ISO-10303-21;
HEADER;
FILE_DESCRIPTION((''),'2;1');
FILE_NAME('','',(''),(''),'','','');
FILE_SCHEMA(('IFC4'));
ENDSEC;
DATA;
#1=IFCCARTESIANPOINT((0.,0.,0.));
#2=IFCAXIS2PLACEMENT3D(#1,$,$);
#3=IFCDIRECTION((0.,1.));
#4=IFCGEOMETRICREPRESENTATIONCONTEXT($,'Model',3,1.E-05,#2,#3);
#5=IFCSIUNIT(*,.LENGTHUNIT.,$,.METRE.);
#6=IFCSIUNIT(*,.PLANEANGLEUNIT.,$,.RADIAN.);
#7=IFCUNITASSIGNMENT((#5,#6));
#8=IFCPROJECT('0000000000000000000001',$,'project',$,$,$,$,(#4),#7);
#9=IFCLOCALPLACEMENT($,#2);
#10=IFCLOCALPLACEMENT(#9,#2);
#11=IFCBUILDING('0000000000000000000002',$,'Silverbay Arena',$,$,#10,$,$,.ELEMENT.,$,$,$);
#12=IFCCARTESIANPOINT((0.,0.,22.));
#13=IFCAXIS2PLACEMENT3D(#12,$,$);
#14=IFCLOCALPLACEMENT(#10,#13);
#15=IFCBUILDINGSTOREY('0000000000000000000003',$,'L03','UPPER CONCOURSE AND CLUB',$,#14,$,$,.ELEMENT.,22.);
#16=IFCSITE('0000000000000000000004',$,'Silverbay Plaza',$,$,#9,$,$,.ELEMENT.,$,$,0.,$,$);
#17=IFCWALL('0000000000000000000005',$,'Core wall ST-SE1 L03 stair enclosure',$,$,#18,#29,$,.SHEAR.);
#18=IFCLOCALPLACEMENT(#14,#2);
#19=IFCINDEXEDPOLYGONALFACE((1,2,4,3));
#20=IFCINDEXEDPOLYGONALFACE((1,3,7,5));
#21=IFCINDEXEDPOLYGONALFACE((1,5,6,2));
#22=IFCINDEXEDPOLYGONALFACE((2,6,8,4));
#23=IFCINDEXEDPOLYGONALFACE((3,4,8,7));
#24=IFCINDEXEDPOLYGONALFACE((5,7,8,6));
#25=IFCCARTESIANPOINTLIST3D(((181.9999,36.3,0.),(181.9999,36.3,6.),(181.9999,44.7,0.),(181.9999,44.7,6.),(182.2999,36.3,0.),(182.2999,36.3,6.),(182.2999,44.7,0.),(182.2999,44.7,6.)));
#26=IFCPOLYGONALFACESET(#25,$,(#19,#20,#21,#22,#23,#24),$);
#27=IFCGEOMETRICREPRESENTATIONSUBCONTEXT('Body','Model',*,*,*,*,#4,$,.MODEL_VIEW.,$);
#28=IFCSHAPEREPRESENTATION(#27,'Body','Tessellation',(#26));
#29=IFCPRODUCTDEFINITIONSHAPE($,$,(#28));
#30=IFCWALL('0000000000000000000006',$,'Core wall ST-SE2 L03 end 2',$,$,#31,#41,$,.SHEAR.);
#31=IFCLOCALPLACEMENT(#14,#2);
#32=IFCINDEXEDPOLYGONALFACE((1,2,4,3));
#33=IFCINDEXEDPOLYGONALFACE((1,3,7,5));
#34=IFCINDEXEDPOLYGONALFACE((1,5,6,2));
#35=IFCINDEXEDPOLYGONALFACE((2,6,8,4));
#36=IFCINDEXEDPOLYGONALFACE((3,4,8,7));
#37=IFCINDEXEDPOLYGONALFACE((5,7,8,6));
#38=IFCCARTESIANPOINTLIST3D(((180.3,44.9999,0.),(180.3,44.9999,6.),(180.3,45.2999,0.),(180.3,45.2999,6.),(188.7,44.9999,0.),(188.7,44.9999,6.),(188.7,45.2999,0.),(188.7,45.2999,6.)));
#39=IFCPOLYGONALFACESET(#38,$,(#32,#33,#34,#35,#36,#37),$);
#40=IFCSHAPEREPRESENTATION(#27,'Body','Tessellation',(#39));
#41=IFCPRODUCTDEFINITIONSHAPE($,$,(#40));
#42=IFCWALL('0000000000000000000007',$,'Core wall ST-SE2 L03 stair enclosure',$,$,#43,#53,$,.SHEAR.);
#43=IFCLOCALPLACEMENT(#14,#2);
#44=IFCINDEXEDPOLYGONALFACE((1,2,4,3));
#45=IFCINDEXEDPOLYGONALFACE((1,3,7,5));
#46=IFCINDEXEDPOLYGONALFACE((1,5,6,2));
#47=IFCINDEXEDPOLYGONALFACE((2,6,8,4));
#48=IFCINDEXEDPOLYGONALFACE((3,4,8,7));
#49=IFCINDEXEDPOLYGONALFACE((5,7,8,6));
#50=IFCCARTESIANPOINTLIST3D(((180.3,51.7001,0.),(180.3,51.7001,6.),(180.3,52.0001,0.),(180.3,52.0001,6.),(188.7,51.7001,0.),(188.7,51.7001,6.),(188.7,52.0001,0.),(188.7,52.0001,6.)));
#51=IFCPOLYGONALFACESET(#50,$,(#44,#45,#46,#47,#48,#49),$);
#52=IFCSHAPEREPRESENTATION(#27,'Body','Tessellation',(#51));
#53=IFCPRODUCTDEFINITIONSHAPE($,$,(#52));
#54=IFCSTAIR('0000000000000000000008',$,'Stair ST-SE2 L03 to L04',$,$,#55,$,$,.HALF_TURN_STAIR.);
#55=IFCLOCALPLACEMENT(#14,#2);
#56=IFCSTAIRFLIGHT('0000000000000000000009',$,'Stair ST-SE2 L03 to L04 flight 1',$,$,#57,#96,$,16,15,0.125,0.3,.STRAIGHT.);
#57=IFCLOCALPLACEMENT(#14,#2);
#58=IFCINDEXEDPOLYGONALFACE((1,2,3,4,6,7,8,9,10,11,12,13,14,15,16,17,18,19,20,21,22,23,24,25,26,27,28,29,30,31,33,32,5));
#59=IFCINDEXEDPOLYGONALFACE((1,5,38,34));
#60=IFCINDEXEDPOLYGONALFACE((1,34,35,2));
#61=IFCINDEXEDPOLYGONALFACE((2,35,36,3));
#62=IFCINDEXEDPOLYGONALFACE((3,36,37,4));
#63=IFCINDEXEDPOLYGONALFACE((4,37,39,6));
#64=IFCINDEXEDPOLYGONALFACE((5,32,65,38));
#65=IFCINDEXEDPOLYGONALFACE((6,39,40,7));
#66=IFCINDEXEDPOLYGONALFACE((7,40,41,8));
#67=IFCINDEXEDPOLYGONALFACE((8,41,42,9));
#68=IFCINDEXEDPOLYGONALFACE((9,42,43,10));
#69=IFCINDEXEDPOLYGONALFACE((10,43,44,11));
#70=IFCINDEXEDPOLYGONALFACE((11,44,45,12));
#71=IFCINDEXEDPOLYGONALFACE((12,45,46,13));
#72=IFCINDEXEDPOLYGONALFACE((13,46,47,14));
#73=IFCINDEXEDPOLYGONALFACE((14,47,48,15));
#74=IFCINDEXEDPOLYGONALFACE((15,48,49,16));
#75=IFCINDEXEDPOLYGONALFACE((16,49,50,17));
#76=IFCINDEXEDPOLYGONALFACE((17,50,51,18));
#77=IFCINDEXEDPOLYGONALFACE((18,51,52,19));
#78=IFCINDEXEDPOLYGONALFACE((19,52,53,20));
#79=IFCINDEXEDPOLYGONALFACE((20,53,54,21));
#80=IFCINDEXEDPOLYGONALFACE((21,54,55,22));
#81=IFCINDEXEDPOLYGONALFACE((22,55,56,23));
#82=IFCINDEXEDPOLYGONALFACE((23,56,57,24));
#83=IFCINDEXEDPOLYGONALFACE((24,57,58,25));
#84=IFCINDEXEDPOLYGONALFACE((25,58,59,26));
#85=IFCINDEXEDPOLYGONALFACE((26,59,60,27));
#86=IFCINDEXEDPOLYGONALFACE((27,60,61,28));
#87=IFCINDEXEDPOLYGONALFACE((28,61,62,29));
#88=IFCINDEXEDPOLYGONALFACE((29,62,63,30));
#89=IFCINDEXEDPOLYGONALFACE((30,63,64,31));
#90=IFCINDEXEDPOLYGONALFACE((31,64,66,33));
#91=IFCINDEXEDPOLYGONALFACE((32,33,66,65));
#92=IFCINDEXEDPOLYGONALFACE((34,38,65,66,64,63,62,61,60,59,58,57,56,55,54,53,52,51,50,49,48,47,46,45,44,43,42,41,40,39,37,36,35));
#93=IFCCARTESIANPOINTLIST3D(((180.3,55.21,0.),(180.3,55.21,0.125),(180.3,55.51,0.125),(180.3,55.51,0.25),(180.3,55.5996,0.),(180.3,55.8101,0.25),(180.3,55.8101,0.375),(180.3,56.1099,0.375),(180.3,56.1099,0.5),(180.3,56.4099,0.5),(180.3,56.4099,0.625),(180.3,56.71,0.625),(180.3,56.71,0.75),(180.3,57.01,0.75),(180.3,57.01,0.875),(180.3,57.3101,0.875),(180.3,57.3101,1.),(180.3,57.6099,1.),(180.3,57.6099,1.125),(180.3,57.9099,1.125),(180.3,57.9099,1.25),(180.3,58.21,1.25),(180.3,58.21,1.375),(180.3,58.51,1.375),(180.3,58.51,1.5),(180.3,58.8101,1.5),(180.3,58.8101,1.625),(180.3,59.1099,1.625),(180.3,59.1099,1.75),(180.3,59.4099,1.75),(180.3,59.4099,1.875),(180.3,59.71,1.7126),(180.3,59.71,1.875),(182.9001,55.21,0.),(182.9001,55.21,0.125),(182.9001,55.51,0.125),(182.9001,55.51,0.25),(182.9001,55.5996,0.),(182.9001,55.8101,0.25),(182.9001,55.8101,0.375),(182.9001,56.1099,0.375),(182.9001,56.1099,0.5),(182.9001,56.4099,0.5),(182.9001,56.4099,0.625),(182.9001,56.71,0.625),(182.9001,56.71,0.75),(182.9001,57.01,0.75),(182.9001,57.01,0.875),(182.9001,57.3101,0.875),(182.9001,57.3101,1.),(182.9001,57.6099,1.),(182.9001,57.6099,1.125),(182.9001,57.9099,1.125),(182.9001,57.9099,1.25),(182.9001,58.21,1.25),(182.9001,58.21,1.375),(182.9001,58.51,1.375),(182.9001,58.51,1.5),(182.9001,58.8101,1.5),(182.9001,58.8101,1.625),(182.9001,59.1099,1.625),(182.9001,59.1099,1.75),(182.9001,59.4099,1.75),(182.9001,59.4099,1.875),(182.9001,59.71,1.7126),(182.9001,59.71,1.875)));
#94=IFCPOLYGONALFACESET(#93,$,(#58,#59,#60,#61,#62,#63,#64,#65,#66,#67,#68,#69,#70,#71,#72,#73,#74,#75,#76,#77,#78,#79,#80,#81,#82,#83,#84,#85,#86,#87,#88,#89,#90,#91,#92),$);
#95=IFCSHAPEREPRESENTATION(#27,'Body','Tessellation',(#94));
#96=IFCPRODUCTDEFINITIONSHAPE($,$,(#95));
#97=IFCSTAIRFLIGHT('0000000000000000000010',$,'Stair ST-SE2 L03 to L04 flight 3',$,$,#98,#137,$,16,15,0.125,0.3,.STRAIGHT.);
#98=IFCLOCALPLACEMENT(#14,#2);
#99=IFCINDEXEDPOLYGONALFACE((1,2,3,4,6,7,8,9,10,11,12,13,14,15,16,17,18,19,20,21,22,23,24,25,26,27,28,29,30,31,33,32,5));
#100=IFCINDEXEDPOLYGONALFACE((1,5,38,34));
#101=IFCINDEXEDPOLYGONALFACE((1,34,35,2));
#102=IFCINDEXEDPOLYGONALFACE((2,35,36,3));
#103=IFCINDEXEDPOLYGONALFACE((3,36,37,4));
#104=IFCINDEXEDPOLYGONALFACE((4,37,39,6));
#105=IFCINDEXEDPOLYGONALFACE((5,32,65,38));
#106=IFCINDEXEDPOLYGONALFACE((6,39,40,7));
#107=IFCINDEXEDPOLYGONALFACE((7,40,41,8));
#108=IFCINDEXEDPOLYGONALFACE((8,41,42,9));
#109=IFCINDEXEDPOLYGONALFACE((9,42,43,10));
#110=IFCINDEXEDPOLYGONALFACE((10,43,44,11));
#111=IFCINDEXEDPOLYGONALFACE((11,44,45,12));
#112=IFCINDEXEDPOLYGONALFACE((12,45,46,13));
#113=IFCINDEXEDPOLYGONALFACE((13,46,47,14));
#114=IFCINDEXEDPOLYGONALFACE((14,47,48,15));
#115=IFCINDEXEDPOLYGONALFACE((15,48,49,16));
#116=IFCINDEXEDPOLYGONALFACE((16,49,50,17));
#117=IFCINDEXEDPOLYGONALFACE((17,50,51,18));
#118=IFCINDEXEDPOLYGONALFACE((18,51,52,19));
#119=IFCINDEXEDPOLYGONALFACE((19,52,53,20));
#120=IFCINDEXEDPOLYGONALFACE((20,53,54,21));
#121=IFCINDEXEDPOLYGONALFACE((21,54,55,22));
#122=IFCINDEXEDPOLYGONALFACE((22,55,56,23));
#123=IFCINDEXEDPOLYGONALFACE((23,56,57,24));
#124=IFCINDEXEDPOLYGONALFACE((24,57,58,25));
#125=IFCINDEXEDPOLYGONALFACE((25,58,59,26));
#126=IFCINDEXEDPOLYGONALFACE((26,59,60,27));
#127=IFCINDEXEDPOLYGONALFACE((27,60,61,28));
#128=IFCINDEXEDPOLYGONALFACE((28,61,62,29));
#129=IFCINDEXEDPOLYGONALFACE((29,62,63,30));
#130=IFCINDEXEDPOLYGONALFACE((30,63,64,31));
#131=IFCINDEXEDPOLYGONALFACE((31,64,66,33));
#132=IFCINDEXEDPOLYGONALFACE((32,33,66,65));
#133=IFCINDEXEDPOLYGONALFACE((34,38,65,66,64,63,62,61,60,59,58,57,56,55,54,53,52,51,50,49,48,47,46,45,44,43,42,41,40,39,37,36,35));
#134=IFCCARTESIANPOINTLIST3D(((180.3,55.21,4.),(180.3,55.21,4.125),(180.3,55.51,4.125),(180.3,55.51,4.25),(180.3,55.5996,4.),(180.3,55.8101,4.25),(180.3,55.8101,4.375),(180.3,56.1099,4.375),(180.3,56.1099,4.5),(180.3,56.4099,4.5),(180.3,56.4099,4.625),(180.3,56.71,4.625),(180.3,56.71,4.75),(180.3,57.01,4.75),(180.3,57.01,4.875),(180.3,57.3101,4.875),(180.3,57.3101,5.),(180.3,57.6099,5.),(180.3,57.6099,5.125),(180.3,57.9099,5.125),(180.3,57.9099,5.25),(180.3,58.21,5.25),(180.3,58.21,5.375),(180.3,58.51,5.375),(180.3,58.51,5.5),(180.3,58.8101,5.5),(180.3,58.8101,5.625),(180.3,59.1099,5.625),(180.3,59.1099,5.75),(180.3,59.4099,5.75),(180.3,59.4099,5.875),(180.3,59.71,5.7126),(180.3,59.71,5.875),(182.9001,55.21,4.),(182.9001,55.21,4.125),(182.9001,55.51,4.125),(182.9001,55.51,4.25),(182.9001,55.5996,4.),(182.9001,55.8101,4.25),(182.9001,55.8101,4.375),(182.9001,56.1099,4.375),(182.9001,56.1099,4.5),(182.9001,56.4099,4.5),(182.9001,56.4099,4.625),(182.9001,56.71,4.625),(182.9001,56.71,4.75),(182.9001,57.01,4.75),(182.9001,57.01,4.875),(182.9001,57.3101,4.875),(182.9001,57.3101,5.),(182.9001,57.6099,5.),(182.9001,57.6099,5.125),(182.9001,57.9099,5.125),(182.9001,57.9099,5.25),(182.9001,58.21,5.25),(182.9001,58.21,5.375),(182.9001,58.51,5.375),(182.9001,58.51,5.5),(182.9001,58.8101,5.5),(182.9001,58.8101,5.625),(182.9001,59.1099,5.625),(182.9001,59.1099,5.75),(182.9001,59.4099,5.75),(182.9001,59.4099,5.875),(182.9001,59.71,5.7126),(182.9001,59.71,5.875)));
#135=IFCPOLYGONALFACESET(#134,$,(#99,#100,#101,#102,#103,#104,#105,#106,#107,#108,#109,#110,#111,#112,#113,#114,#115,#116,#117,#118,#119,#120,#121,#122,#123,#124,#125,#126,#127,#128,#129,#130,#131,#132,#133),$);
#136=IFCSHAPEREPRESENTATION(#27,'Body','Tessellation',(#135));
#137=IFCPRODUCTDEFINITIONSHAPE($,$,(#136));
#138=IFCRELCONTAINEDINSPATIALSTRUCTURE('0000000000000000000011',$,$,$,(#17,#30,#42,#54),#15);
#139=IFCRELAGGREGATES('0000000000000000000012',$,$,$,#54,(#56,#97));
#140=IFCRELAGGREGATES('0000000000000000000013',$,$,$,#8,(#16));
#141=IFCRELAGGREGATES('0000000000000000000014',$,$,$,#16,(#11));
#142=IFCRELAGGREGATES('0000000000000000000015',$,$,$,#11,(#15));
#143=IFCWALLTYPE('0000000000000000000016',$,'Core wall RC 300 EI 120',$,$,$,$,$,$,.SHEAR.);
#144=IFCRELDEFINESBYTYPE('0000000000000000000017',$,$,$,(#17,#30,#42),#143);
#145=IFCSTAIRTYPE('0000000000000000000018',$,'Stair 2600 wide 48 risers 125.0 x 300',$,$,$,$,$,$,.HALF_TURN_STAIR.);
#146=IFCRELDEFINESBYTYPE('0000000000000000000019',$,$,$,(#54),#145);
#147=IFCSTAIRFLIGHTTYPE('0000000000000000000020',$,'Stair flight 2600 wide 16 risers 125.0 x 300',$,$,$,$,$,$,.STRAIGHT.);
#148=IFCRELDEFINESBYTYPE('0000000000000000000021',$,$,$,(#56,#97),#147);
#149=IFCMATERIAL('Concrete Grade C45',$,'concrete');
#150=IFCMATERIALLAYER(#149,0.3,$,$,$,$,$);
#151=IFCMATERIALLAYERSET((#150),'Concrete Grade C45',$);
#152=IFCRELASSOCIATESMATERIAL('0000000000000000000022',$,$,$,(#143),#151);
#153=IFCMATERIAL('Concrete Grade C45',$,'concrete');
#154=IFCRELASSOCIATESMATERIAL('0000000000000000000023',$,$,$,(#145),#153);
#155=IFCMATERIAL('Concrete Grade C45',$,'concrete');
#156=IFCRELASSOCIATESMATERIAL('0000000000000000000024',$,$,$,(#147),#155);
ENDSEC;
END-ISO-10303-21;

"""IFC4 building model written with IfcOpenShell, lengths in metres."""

from ifc_helpers import new_model, si_unit, direction, frame, frame_2d, origin, place, context, subcontext, project, spatial, polyline, rectangle, outline, extrude, material, layer, layer_set, type_object, element, aggregate, save


model = new_model("IFC4")

# Units and contexts
model_context = context("Model", 3, precision=1e-05, world=origin(), true_north=direction((0.0, 1.0)))
body_context = subcontext(model_context, "Body", "Model", "MODEL_VIEW")
ifc_project = project(units=[si_unit("LENGTHUNIT", "METRE"), si_unit("PLANEANGLEUNIT", "RADIAN")], contexts=[model_context])

# Site, building, storey
site_placement = place(None, origin())
site = spatial("IfcSite", under=ifc_project, at=site_placement, Name="Silverbay Plaza", CompositionType="ELEMENT", RefElevation=0.0)
building_placement = place(site_placement, origin())
building = spatial("IfcBuilding", under=site, at=building_placement, Name="Silverbay Arena", CompositionType="ELEMENT")
storey_placement = place(building_placement, frame((0.0, 0.0, 22.0)))
storey = spatial("IfcBuildingStorey", under=building, at=storey_placement, Name="L03", Description="UPPER CONCOURSE AND CLUB", CompositionType="ELEMENT", Elevation=22.0)

# Walls
ifc_material_1 = material(Name="Concrete Grade C45", Category="concrete")
ifc_layer = layer(ifc_material_1, 0.3)
ifc_layer_set = layer_set([ifc_layer], Name="Concrete Grade C45")
wall_type = type_object("IfcWallType", Name="Core wall RC 300 EI 120", PredefinedType="SHEAR", material=ifc_layer_set)
for number, where, z_axis, x_axis, name in (
    (1, (182.1499, 44.7, 0.0), (0.0, 0.0, 1.0), (0.0, -1.0, 0.0), "Core wall ST-SE1 L03 stair enclosure"),
    (2, (180.3, 45.1499, 0.0), (0.0, 0.0, 1.0), (1.0, 0.0, 0.0), "Core wall ST-SE2 L03 end 2"),
    (3, (180.3, 51.8501, 0.0), (0.0, 0.0, 1.0), (1.0, 0.0, 0.0), "Core wall ST-SE2 L03 stair enclosure"),
):
    element("IfcWall", number, at=place(storey_placement, frame(where, z_axis=z_axis, x_axis=x_axis)), inside=storey, type_object=wall_type, Name=name, PredefinedType="SHEAR", context=body_context, shape_type="SweptSolid", body=[
        extrude(rectangle(XDim=8.3999, YDim=0.3, at=frame_2d((4.2, 0.0))), origin(), (0.0, 0.0, 1.0), 6.0),
    ])

# Stair, stair flights
ifc_material_2 = material(Name="Concrete Grade C45", Category="concrete")
stair_type = type_object("IfcStairType", Name="Stair 2600 wide 48 risers 125.0 x 300", PredefinedType="HALF_TURN_STAIR", material=ifc_material_2)
stair_placement = place(storey_placement, origin())
stair = element("IfcStair", 4, at=stair_placement, inside=storey, type_object=stair_type, Name="Stair ST-SE2 L03 to L04", PredefinedType="HALF_TURN_STAIR")
ifc_material_3 = material(Name="Concrete Grade C45", Category="concrete")
stair_flight_type = type_object("IfcStairFlightType", Name="Stair flight 2600 wide 16 risers 125.0 x 300", PredefinedType="STRAIGHT", material=ifc_material_3)
stair_flight_1_placement = place(storey_placement, frame((181.6001, 55.21, 0.0), z_axis=(0.0, 0.0, 1.0), x_axis=(0.0, 1.0, 0.0)))
stair_flight_1 = element("IfcStairFlight", 5, at=stair_flight_1_placement, type_object=stair_flight_type, Name="Stair ST-SE2 L03 to L04 flight 1", NumberOfRisers=16, NumberOfTreads=15, PredefinedType="STRAIGHT", RiserHeight=0.125, TreadLength=0.3, context=body_context, shape_type="SweptSolid", body=[
    extrude(outline(polyline([(0.0, 0.0), (0.0, 0.125), (0.3, 0.125), (0.3, 0.25), (0.6001, 0.25), (0.6001, 0.375), (0.8999, 0.375), (0.8999, 0.5), (1.2, 0.5), (1.2, 0.625), (1.5, 0.625), (1.5, 0.75), (1.8, 0.75), (1.8, 0.875), (2.1001, 0.875), (2.1001, 1.0), (2.3999, 1.0), (2.3999, 1.125), (2.7, 1.125), (2.7, 1.25), (3.0, 1.25), (3.0, 1.375), (3.3, 1.375), (3.3, 1.5), (3.6001, 1.5), (3.6001, 1.625), (3.8999, 1.625), (3.8999, 1.75), (4.2, 1.75), (4.2, 1.875), (4.5, 1.875), (4.5, 1.7126), (0.3896, 0.0), (0.0, 0.0)])), frame((0.0, 1.3, 0.0), z_axis=(0.0, -1.0, 0.0), x_axis=(1.0, 0.0, 0.0)), (0.0, 0.0, 1.0), 2.6001),
])
stair_flight_2_placement = place(storey_placement, frame((181.6001, 55.21, 4.0), z_axis=(0.0, 0.0, 1.0), x_axis=(0.0, 1.0, 0.0)))
stair_flight_2 = element("IfcStairFlight", 6, at=stair_flight_2_placement, type_object=stair_flight_type, Name="Stair ST-SE2 L03 to L04 flight 3", NumberOfRisers=16, NumberOfTreads=15, PredefinedType="STRAIGHT", RiserHeight=0.125, TreadLength=0.3, context=body_context, shape_type="SweptSolid", body=[
    extrude(outline(polyline([(0.0, 0.0), (0.0, 0.125), (0.3, 0.125), (0.3, 0.25), (0.6001, 0.25), (0.6001, 0.375), (0.8999, 0.375), (0.8999, 0.5), (1.2, 0.5), (1.2, 0.625), (1.5, 0.625), (1.5, 0.75), (1.8, 0.75), (1.8, 0.875), (2.1001, 0.875), (2.1001, 1.0), (2.3999, 1.0), (2.3999, 1.125), (2.7, 1.125), (2.7, 1.25), (3.0, 1.25), (3.0, 1.375), (3.3, 1.375), (3.3, 1.5), (3.6001, 1.5), (3.6001, 1.625), (3.8999, 1.625), (3.8999, 1.75), (4.2, 1.75), (4.2, 1.875), (4.5, 1.875), (4.5, 1.7126), (0.3896, 0.0), (0.0, 0.0)])), frame((0.0, 1.3, 0.0), z_axis=(0.0, -1.0, 0.0), x_axis=(1.0, 0.0, 0.0)), (0.0, 0.0, 1.0), 2.6001),
])
aggregate(stair, [stair_flight_1, stair_flight_2])

save(model, "model.ifc")
